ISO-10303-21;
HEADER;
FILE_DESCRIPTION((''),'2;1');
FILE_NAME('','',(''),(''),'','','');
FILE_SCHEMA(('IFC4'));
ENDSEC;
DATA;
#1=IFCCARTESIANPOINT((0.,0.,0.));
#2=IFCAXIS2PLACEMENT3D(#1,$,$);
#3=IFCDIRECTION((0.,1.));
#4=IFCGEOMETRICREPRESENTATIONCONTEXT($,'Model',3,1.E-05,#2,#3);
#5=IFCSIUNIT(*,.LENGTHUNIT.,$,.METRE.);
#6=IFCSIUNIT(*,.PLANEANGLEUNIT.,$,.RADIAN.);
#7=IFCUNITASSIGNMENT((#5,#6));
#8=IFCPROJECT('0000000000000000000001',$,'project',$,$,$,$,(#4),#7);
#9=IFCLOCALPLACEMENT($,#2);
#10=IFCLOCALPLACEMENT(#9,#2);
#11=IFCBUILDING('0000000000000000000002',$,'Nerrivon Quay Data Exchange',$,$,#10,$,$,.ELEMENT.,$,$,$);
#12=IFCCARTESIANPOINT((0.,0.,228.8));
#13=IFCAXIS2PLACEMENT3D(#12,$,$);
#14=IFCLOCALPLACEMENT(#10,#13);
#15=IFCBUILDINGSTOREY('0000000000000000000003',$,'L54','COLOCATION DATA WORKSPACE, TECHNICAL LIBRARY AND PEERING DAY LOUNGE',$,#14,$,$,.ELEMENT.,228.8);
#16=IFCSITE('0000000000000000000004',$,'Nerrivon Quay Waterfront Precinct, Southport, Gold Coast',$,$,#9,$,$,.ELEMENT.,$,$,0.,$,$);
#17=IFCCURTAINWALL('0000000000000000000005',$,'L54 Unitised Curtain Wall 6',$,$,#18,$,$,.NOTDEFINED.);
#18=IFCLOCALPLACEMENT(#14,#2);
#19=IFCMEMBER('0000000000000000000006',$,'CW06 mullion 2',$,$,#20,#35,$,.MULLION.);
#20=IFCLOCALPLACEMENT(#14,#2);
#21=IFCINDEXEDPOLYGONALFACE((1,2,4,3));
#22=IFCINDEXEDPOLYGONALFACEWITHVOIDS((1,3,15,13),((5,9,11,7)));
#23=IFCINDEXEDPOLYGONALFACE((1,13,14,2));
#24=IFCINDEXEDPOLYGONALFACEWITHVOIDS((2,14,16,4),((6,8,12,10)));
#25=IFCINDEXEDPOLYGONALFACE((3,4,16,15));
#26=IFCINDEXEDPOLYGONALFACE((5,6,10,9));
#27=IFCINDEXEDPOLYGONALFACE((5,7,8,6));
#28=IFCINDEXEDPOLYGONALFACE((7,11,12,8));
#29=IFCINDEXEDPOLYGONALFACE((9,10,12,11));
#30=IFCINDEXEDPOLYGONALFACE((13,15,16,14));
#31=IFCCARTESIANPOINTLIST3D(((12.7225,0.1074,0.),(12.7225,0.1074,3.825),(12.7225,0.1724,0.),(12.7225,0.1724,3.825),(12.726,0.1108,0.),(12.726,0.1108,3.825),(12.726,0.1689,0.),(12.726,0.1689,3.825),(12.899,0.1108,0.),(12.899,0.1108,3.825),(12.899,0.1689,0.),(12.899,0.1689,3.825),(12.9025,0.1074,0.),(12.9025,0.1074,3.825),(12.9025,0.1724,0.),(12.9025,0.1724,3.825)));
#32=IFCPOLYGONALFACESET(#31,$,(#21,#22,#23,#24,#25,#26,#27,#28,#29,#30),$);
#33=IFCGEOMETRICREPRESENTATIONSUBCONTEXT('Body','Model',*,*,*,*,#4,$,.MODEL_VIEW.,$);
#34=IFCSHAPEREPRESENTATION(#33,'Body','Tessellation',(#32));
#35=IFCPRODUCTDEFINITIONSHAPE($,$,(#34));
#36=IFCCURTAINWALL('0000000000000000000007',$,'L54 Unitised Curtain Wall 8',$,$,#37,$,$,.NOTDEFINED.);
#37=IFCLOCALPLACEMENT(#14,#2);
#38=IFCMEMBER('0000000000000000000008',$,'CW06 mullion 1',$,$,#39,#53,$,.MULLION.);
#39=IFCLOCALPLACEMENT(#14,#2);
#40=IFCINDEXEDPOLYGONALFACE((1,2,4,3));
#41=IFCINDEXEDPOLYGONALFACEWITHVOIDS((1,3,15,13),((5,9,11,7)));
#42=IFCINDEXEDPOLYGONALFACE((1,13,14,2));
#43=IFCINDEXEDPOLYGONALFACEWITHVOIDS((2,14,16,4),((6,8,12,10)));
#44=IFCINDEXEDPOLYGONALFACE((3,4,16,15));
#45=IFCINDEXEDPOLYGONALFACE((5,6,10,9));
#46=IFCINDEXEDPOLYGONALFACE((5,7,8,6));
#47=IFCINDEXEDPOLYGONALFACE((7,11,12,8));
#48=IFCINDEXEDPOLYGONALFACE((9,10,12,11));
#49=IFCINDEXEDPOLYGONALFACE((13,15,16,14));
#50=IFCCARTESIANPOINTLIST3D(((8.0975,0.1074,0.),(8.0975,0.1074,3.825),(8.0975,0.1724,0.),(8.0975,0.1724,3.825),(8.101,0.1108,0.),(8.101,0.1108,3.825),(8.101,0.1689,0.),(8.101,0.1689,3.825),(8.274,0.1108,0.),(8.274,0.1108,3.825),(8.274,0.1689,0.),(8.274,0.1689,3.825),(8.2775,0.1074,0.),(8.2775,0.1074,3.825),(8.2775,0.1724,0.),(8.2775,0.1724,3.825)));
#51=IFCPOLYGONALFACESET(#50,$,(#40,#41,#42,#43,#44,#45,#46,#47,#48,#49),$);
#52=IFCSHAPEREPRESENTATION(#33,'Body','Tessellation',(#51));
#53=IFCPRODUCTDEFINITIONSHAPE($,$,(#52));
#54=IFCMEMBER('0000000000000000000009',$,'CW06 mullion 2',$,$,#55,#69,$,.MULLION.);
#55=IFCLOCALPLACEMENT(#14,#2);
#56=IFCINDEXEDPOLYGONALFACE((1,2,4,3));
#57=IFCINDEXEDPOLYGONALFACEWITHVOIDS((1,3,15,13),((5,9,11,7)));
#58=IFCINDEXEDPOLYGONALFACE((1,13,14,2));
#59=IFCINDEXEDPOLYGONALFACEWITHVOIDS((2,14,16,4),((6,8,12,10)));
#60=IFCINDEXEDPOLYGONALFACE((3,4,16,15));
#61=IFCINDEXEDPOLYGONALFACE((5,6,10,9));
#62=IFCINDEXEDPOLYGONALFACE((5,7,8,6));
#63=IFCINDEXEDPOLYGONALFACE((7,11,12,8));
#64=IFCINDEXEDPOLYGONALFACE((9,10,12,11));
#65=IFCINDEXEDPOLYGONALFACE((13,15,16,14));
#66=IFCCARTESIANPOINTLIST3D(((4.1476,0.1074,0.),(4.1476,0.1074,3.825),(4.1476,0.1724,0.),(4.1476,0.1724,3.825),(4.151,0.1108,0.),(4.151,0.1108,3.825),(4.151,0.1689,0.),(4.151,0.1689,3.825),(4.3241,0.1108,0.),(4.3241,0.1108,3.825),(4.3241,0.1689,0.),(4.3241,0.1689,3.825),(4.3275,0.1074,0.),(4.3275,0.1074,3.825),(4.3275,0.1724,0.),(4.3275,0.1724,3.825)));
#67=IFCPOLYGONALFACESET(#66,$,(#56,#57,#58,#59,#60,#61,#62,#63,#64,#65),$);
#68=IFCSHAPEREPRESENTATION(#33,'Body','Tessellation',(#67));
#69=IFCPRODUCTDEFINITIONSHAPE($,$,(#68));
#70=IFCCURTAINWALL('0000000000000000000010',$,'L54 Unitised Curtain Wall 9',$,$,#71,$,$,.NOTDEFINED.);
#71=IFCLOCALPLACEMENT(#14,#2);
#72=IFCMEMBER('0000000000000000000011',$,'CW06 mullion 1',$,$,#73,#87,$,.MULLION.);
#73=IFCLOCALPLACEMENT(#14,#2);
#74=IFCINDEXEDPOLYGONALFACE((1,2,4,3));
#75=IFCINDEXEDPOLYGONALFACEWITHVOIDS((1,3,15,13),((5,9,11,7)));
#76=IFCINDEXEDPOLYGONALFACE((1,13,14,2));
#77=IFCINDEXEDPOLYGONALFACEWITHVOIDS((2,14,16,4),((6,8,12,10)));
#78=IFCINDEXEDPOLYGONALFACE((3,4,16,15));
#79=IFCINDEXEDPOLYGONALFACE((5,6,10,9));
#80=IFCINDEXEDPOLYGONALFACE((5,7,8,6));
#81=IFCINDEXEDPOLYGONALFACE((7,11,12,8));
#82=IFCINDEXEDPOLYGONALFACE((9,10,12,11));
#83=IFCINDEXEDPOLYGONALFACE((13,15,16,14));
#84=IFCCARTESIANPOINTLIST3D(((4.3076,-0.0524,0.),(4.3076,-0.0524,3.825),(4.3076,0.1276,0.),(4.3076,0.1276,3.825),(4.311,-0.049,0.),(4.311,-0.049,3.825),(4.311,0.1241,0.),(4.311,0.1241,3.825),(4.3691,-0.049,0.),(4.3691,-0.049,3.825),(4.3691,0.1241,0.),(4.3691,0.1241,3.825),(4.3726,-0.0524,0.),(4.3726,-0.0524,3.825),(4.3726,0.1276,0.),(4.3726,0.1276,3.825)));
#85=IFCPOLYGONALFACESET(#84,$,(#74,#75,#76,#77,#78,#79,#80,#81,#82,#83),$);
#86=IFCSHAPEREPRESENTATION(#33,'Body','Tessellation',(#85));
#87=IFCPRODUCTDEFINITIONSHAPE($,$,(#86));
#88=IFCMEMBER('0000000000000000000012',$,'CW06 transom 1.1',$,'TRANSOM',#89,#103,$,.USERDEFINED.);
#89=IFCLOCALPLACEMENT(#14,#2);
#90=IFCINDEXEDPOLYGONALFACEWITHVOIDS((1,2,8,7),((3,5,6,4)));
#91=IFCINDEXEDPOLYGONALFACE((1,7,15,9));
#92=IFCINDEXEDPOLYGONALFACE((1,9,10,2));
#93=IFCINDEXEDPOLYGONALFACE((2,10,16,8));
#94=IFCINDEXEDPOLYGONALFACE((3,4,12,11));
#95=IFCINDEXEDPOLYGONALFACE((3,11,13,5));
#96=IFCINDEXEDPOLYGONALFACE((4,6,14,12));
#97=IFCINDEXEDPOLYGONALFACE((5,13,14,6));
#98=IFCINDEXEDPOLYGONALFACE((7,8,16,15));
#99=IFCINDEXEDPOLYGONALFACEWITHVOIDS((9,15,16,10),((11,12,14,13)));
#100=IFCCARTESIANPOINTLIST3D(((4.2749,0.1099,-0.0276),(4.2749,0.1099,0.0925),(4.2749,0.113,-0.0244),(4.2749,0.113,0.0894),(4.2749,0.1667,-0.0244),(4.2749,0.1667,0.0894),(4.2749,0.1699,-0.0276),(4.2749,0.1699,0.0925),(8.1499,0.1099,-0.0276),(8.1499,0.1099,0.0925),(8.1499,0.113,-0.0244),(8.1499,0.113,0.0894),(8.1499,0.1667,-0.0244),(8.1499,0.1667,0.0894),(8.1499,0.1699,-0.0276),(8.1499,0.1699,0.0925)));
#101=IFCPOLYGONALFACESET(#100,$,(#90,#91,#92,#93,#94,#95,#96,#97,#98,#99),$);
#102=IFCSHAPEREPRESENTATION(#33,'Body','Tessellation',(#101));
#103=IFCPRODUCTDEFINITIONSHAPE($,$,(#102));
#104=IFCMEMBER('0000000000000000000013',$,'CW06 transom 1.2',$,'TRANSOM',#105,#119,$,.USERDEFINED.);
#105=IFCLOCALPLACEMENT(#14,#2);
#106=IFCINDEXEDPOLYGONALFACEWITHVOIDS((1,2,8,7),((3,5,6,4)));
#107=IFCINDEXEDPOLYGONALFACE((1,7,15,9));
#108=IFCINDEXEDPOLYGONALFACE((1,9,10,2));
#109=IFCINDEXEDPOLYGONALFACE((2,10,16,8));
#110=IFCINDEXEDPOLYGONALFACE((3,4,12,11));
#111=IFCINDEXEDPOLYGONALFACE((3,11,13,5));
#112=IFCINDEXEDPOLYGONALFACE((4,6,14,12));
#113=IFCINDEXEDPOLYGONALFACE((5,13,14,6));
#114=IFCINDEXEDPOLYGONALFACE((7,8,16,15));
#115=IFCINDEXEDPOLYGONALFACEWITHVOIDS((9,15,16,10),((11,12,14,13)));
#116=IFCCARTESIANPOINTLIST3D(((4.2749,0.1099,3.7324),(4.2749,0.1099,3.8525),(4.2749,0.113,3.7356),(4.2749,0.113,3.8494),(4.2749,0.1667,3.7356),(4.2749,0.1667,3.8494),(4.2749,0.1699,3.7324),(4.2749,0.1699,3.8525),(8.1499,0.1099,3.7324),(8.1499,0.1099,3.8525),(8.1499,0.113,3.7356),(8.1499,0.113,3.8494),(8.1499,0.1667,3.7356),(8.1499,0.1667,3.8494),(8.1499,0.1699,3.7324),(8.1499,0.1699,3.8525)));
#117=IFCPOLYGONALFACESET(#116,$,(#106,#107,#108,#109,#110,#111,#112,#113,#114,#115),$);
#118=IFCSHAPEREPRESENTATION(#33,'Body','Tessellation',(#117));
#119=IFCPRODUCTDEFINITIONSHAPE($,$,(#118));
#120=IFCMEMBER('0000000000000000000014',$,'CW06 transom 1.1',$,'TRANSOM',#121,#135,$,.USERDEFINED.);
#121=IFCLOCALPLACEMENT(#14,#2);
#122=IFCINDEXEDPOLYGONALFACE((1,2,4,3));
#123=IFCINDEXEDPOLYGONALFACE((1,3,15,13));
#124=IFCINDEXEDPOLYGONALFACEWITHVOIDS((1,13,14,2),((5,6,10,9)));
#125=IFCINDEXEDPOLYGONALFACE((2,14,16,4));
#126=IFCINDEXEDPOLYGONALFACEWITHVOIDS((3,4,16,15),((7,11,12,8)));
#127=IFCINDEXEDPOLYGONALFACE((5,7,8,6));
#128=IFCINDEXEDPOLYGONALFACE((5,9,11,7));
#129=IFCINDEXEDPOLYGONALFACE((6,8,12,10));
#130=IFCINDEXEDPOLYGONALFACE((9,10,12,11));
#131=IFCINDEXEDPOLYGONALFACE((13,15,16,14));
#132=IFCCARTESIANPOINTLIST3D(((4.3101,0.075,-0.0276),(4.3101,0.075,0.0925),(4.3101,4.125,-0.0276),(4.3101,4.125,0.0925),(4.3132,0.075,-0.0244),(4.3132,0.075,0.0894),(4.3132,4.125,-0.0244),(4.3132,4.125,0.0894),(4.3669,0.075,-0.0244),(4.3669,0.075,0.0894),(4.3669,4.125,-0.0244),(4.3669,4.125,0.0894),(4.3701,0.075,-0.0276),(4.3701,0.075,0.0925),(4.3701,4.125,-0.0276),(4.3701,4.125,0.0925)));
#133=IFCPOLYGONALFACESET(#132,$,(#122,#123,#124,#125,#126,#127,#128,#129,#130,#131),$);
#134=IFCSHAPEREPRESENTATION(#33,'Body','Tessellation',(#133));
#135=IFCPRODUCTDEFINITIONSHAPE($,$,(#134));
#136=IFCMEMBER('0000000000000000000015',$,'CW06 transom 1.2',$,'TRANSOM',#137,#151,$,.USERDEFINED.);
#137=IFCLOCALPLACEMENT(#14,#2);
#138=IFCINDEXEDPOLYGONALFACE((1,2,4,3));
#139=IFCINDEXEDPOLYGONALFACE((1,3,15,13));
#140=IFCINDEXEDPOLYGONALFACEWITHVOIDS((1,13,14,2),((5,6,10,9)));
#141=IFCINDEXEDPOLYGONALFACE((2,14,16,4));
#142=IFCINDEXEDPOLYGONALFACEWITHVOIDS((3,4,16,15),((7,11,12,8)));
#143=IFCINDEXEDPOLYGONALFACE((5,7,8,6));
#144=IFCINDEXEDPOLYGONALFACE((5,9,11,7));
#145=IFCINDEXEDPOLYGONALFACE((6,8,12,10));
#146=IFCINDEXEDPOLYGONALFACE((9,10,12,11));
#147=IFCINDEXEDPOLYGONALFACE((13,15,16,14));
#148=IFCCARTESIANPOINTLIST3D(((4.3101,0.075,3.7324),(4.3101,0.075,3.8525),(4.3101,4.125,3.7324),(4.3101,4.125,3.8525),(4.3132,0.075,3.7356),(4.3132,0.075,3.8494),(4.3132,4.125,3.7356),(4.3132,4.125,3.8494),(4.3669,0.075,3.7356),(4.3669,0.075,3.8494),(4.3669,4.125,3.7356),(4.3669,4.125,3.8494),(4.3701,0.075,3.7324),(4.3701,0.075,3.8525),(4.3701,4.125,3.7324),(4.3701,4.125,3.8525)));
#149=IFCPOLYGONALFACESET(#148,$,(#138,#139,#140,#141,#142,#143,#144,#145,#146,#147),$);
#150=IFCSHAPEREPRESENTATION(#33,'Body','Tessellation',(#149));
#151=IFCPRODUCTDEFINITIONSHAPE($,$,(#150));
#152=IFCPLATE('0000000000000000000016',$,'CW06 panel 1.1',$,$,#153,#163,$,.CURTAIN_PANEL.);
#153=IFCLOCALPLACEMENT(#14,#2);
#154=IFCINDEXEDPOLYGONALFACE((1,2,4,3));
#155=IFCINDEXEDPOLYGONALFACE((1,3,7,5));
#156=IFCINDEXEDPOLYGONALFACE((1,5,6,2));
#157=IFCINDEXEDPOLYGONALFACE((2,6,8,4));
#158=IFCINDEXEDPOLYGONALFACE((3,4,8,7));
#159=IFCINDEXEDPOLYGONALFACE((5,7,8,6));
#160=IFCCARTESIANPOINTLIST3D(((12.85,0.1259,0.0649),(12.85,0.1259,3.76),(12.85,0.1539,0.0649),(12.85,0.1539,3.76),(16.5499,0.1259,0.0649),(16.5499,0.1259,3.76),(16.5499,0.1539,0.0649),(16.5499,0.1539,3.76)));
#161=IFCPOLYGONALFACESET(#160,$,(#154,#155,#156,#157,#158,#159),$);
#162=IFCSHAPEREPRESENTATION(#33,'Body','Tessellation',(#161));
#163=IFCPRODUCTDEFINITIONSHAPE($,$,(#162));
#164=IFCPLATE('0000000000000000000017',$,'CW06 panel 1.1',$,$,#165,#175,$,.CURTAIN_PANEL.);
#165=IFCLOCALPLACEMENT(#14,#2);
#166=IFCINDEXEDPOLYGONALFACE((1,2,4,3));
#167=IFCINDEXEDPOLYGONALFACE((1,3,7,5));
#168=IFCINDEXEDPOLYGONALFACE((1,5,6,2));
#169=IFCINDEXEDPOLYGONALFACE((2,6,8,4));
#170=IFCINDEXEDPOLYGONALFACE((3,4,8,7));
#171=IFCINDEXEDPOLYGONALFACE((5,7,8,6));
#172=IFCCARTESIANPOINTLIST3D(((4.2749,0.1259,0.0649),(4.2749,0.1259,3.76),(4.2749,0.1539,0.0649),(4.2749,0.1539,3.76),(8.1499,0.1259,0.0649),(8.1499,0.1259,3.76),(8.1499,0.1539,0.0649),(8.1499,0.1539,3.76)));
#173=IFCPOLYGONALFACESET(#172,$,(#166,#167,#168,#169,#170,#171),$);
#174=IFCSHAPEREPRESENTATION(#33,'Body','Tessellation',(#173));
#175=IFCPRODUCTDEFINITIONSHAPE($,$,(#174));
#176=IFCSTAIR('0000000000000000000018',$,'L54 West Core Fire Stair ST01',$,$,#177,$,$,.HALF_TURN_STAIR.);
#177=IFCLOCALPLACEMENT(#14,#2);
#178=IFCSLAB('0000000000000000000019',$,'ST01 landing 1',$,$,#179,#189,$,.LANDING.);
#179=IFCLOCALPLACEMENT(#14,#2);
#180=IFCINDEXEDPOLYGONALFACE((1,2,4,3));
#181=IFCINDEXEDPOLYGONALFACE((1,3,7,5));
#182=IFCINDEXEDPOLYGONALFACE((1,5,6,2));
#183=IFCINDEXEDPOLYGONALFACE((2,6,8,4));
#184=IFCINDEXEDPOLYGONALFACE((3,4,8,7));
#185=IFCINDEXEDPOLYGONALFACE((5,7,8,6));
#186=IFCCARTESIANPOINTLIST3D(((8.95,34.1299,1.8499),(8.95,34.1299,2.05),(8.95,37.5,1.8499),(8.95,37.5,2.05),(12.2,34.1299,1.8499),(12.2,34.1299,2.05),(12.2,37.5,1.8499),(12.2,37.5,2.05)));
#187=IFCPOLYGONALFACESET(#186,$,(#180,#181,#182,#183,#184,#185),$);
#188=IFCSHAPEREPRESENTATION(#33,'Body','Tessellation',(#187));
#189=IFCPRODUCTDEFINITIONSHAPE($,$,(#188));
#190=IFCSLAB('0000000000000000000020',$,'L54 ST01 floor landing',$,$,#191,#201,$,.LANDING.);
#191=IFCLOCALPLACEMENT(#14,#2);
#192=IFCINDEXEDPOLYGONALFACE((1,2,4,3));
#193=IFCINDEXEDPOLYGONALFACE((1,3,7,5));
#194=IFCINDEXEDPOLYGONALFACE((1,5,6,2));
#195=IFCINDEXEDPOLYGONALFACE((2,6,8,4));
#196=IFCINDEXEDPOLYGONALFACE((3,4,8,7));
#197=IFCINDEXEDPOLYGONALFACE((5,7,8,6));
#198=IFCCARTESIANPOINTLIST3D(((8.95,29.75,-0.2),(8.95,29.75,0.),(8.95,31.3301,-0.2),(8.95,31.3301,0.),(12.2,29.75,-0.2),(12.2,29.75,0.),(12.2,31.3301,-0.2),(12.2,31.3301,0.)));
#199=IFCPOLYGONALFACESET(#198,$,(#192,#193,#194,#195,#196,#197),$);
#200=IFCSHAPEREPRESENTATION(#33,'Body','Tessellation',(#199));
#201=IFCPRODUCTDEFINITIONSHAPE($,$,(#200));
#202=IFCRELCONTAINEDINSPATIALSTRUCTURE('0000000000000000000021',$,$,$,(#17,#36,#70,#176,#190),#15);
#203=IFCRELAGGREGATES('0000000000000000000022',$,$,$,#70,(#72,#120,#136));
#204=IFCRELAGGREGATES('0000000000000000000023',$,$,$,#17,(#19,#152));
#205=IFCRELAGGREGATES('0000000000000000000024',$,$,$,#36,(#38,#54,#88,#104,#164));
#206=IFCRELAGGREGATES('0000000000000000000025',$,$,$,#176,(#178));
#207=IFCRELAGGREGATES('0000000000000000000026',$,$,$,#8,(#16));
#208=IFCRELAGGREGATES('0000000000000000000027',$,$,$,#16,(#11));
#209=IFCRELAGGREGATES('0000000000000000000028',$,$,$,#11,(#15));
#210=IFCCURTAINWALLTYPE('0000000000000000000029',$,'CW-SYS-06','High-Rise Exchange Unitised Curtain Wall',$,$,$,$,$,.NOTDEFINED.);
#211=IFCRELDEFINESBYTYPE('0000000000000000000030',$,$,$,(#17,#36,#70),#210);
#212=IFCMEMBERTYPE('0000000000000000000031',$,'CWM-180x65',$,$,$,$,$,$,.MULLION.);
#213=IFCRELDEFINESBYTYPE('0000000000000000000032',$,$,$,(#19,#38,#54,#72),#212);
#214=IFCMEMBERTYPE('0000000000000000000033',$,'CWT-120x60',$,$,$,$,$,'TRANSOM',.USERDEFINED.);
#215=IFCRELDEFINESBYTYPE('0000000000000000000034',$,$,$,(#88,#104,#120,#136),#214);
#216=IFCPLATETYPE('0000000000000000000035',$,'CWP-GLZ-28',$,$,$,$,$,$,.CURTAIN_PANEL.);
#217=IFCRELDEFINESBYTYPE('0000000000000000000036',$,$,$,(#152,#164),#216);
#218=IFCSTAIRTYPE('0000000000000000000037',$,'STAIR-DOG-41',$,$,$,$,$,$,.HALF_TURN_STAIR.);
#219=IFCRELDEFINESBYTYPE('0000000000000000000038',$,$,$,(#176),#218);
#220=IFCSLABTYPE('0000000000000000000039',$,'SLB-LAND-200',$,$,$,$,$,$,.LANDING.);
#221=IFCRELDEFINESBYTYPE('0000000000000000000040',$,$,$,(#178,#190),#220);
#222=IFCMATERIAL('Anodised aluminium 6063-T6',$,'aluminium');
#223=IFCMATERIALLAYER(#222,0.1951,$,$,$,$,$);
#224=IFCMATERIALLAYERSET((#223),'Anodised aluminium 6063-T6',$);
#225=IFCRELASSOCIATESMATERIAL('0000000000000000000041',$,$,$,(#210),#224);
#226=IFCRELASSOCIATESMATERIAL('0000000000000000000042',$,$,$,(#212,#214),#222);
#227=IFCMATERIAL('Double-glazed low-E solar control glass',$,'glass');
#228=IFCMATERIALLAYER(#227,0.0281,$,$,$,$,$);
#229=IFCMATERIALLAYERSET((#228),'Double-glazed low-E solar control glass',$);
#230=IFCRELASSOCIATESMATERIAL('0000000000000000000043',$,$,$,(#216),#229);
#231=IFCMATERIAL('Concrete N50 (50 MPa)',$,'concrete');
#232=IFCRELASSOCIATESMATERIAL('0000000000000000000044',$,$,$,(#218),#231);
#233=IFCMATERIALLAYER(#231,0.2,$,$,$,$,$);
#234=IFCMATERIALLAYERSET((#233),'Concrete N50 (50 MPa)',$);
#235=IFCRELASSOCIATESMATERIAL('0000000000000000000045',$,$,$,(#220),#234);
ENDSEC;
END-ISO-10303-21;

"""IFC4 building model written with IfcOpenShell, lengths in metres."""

from ifc_helpers import new_model, si_unit, direction, frame, origin, origin_2d, place, context, subcontext, project, spatial, polyline, rectangle, hollow_rectangle, outline, extrude, material, layer, layer_set, material_profile, profile_set, type_object, element, aggregate, save


model = new_model("IFC4")

# Units and contexts
model_context = context("Model", 3, precision=1e-05, world=origin(), true_north=direction((0.0, 1.0)))
body_context = subcontext(model_context, "Body", "Model", "MODEL_VIEW")
ifc_project = project(units=[si_unit("LENGTHUNIT", "METRE"), si_unit("PLANEANGLEUNIT", "RADIAN")], contexts=[model_context])

# Site, building, storey
site_placement = place(None, origin())
site = spatial("IfcSite", under=ifc_project, at=site_placement, Name="Nerrivon Quay Waterfront Precinct, Southport, Gold Coast", CompositionType="ELEMENT", RefElevation=0.0)
building_placement = place(site_placement, origin())
building = spatial("IfcBuilding", under=site, at=building_placement, Name="Nerrivon Quay Data Exchange", CompositionType="ELEMENT")
storey_placement = place(building_placement, frame((0.0, 0.0, 228.8)))
storey = spatial("IfcBuildingStorey", under=building, at=storey_placement, Name="L54", Description="COLOCATION DATA WORKSPACE, TECHNICAL LIBRARY AND PEERING DAY LOUNGE", CompositionType="ELEMENT", Elevation=228.8)

# Curtain wall, member
ifc_material_1 = material(Name="Anodised aluminium 6063-T6", Category="aluminium")
ifc_layer_1 = layer(ifc_material_1, 0.1951)
ifc_layer_set_1 = layer_set([ifc_layer_1], Name="Anodised aluminium 6063-T6")
curtain_wall_type = type_object("IfcCurtainWallType", Name="CW-SYS-06", Description="High-Rise Exchange Unitised Curtain Wall", PredefinedType="NOTDEFINED", material=ifc_layer_set_1)
curtain_wall_1_placement = place(storey_placement, origin())
curtain_wall_1 = element("IfcCurtainWall", 1, at=curtain_wall_1_placement, inside=storey, type_object=curtain_wall_type, Name="L54 Unitised Curtain Wall 6", PredefinedType="NOTDEFINED")
ifc_material_profile_1 = material_profile(ifc_material_1, hollow_rectangle(XDim=0.0649, YDim=0.1799, WallThickness=0.0034, at=origin_2d()), Name="ALU-MULL-180x65")
ifc_profile_set_1 = profile_set([ifc_material_profile_1], Name="Anodised aluminium 6063-T6")
member_type_1 = type_object("IfcMemberType", Name="CWM-180x65", PredefinedType="MULLION", material=ifc_profile_set_1)
member_1_placement = place(storey_placement, frame((12.8125, 0.1399, 0.0), z_axis=(0.0, 0.0, 1.0), x_axis=(0.0, -1.0, 0.0)))
member_1 = element("IfcMember", 2, at=member_1_placement, type_object=member_type_1, Name="CW06 mullion 2", PredefinedType="MULLION", context=body_context, shape_type="SweptSolid", body=[
    extrude(hollow_rectangle(XDim=0.0649, YDim=0.1799, WallThickness=0.0034, at=origin_2d()), origin(), (0.0, 0.0, 1.0), 3.825),
])

# Curtain wall, members
curtain_wall_2_placement = place(storey_placement, origin())
curtain_wall_2 = element("IfcCurtainWall", 3, at=curtain_wall_2_placement, inside=storey, type_object=curtain_wall_type, Name="L54 Unitised Curtain Wall 8", PredefinedType="NOTDEFINED")
member_2_placement = place(storey_placement, frame((8.1875, 0.1399, 0.0), z_axis=(0.0, 0.0, 1.0), x_axis=(0.0, -1.0, 0.0)))
member_2 = element("IfcMember", 4, at=member_2_placement, type_object=member_type_1, Name="CW06 mullion 1", PredefinedType="MULLION", context=body_context, shape_type="SweptSolid", body=[
    extrude(hollow_rectangle(XDim=0.0649, YDim=0.1799, WallThickness=0.0034, at=origin_2d()), origin(), (0.0, 0.0, 1.0), 3.825),
])
member_3_placement = place(storey_placement, frame((4.2375, 0.1399, 0.0), z_axis=(0.0, 0.0, 1.0), x_axis=(0.0, -1.0, 0.0)))
member_3 = element("IfcMember", 5, at=member_3_placement, type_object=member_type_1, Name="CW06 mullion 2", PredefinedType="MULLION", context=body_context, shape_type="SweptSolid", body=[
    extrude(hollow_rectangle(XDim=0.0649, YDim=0.1799, WallThickness=0.0034, at=origin_2d()), origin(), (0.0, 0.0, 1.0), 3.825),
])

# Curtain wall, member
curtain_wall_3_placement = place(storey_placement, origin())
curtain_wall_3 = element("IfcCurtainWall", 6, at=curtain_wall_3_placement, inside=storey, type_object=curtain_wall_type, Name="L54 Unitised Curtain Wall 9", PredefinedType="NOTDEFINED")
member_4_placement = place(storey_placement, frame((4.3401, 0.0376, 0.0), z_axis=(0.0, 0.0, 1.0), x_axis=(-1.0, 0.0, 0.0)))
member_4 = element("IfcMember", 7, at=member_4_placement, type_object=member_type_1, Name="CW06 mullion 1", PredefinedType="MULLION", context=body_context, shape_type="SweptSolid", body=[
    extrude(hollow_rectangle(XDim=0.0649, YDim=0.1799, WallThickness=0.0034, at=origin_2d()), origin(), (0.0, 0.0, 1.0), 3.825),
])

# Members
ifc_material_profile_2 = material_profile(ifc_material_1, hollow_rectangle(XDim=0.0601, YDim=0.1201, WallThickness=0.0032, at=origin_2d()), Name="ALU-TRAN-120x60")
ifc_profile_set_2 = profile_set([ifc_material_profile_2], Name="Anodised aluminium 6063-T6")
member_type_2 = type_object("IfcMemberType", Name="CWT-120x60", ElementType="TRANSOM", PredefinedType="USERDEFINED", material=ifc_profile_set_2)
member_5_placement = place(storey_placement, frame((8.1499, 0.1399, 0.0325), z_axis=(-1.0, 0.0, 0.0), x_axis=(0.0, -1.0, 0.0)))
member_5 = element("IfcMember", 8, at=member_5_placement, type_object=member_type_2, Name="CW06 transom 1.1", ObjectType="TRANSOM", PredefinedType="USERDEFINED", context=body_context, shape_type="SweptSolid", body=[
    extrude(hollow_rectangle(XDim=0.0601, YDim=0.1201, WallThickness=0.0032, at=origin_2d()), origin(), (0.0, 0.0, 1.0), 3.875),
])
member_6_placement = place(storey_placement, frame((8.1499, 0.1399, 3.7925), z_axis=(-1.0, 0.0, 0.0), x_axis=(0.0, -1.0, 0.0)))
member_6 = element("IfcMember", 9, at=member_6_placement, type_object=member_type_2, Name="CW06 transom 1.2", ObjectType="TRANSOM", PredefinedType="USERDEFINED", context=body_context, shape_type="SweptSolid", body=[
    extrude(hollow_rectangle(XDim=0.0601, YDim=0.1201, WallThickness=0.0032, at=origin_2d()), origin(), (0.0, 0.0, 1.0), 3.875),
])
member_7_placement = place(storey_placement, frame((4.3401, 0.075, 0.0325), z_axis=(0.0, 1.0, 0.0), x_axis=(-1.0, 0.0, 0.0)))
member_7 = element("IfcMember", 10, at=member_7_placement, type_object=member_type_2, Name="CW06 transom 1.1", ObjectType="TRANSOM", PredefinedType="USERDEFINED", context=body_context, shape_type="SweptSolid", body=[
    extrude(hollow_rectangle(XDim=0.0601, YDim=0.1201, WallThickness=0.0032, at=origin_2d()), origin(), (0.0, 0.0, 1.0), 4.05),
])
member_8_placement = place(storey_placement, frame((4.3401, 0.075, 3.7925), z_axis=(0.0, 1.0, 0.0), x_axis=(-1.0, 0.0, 0.0)))
member_8 = element("IfcMember", 11, at=member_8_placement, type_object=member_type_2, Name="CW06 transom 1.2", ObjectType="TRANSOM", PredefinedType="USERDEFINED", context=body_context, shape_type="SweptSolid", body=[
    extrude(hollow_rectangle(XDim=0.0601, YDim=0.1201, WallThickness=0.0032, at=origin_2d()), origin(), (0.0, 0.0, 1.0), 4.05),
])
aggregate(curtain_wall_3, [member_4, member_7, member_8])

# Plates
ifc_material_2 = material(Name="Double-glazed low-E solar control glass", Category="glass")
ifc_layer_2 = layer(ifc_material_2, 0.0281)
ifc_layer_set_2 = layer_set([ifc_layer_2], Name="Double-glazed low-E solar control glass")
plate_type = type_object("IfcPlateType", Name="CWP-GLZ-28", PredefinedType="CURTAIN_PANEL", material=ifc_layer_set_2)
plate_1_placement = place(storey_placement, frame((14.7, 0.1399, 0.0649), z_axis=(0.0, 0.0, 1.0), x_axis=(-1.0, 0.0, 0.0)))
plate_1 = element("IfcPlate", 12, at=plate_1_placement, type_object=plate_type, Name="CW06 panel 1.1", PredefinedType="CURTAIN_PANEL", context=body_context, shape_type="SweptSolid", body=[
    extrude(rectangle(XDim=3.7, YDim=0.0281, at=origin_2d()), origin(), (0.0, 0.0, 1.0), 3.6951),
])
aggregate(curtain_wall_1, [member_1, plate_1])
plate_2_placement = place(storey_placement, frame((6.2124, 0.1399, 0.0649), z_axis=(0.0, 0.0, 1.0), x_axis=(-1.0, 0.0, 0.0)))
plate_2 = element("IfcPlate", 13, at=plate_2_placement, type_object=plate_type, Name="CW06 panel 1.1", PredefinedType="CURTAIN_PANEL", context=body_context, shape_type="SweptSolid", body=[
    extrude(rectangle(XDim=3.875, YDim=0.0281, at=origin_2d()), origin(), (0.0, 0.0, 1.0), 3.6951),
])
aggregate(curtain_wall_2, [member_2, member_3, member_5, member_6, plate_2])

# Stair, slab
ifc_material_3 = material(Name="Concrete N50 (50 MPa)", Category="concrete")
stair_type = type_object("IfcStairType", Name="STAIR-DOG-41", PredefinedType="HALF_TURN_STAIR", material=ifc_material_3)
stair_1_placement = place(storey_placement, origin())
stair_1 = element("IfcStair", 14, at=stair_1_placement, inside=storey, type_object=stair_type, Name="L54 West Core Fire Stair ST01", PredefinedType="HALF_TURN_STAIR")
ifc_layer_3 = layer(ifc_material_3, 0.2)
ifc_layer_set_3 = layer_set([ifc_layer_3], Name="Concrete N50 (50 MPa)")
slab_type = type_object("IfcSlabType", Name="SLB-LAND-200", PredefinedType="LANDING", material=ifc_layer_set_3)
slab_1_placement = place(storey_placement, frame((0.0, 0.0, 1.8499)))
slab_1 = element("IfcSlab", 15, at=slab_1_placement, type_object=slab_type, Name="ST01 landing 1", PredefinedType="LANDING", context=body_context, shape_type="SweptSolid", body=[
    extrude(outline(polyline([(12.2, 34.1299), (12.2, 37.5), (8.95, 37.5), (8.95, 34.1299), (12.2, 34.1299)])), origin(), (0.0, 0.0, 1.0), 0.2002),
])
aggregate(stair_1, [slab_1])

# Slab
slab_2_placement = place(storey_placement, frame((0.0, 0.0, -0.2)))
element("IfcSlab", 16, at=slab_2_placement, inside=storey, type_object=slab_type, Name="L54 ST01 floor landing", PredefinedType="LANDING", context=body_context, shape_type="SweptSolid", body=[
    extrude(outline(polyline([(12.2, 29.75), (12.2, 31.3301), (8.95, 31.3301), (8.95, 29.75), (12.2, 29.75)])), origin(), (0.0, 0.0, 1.0), 0.2),
])

save(model, "model.ifc")
